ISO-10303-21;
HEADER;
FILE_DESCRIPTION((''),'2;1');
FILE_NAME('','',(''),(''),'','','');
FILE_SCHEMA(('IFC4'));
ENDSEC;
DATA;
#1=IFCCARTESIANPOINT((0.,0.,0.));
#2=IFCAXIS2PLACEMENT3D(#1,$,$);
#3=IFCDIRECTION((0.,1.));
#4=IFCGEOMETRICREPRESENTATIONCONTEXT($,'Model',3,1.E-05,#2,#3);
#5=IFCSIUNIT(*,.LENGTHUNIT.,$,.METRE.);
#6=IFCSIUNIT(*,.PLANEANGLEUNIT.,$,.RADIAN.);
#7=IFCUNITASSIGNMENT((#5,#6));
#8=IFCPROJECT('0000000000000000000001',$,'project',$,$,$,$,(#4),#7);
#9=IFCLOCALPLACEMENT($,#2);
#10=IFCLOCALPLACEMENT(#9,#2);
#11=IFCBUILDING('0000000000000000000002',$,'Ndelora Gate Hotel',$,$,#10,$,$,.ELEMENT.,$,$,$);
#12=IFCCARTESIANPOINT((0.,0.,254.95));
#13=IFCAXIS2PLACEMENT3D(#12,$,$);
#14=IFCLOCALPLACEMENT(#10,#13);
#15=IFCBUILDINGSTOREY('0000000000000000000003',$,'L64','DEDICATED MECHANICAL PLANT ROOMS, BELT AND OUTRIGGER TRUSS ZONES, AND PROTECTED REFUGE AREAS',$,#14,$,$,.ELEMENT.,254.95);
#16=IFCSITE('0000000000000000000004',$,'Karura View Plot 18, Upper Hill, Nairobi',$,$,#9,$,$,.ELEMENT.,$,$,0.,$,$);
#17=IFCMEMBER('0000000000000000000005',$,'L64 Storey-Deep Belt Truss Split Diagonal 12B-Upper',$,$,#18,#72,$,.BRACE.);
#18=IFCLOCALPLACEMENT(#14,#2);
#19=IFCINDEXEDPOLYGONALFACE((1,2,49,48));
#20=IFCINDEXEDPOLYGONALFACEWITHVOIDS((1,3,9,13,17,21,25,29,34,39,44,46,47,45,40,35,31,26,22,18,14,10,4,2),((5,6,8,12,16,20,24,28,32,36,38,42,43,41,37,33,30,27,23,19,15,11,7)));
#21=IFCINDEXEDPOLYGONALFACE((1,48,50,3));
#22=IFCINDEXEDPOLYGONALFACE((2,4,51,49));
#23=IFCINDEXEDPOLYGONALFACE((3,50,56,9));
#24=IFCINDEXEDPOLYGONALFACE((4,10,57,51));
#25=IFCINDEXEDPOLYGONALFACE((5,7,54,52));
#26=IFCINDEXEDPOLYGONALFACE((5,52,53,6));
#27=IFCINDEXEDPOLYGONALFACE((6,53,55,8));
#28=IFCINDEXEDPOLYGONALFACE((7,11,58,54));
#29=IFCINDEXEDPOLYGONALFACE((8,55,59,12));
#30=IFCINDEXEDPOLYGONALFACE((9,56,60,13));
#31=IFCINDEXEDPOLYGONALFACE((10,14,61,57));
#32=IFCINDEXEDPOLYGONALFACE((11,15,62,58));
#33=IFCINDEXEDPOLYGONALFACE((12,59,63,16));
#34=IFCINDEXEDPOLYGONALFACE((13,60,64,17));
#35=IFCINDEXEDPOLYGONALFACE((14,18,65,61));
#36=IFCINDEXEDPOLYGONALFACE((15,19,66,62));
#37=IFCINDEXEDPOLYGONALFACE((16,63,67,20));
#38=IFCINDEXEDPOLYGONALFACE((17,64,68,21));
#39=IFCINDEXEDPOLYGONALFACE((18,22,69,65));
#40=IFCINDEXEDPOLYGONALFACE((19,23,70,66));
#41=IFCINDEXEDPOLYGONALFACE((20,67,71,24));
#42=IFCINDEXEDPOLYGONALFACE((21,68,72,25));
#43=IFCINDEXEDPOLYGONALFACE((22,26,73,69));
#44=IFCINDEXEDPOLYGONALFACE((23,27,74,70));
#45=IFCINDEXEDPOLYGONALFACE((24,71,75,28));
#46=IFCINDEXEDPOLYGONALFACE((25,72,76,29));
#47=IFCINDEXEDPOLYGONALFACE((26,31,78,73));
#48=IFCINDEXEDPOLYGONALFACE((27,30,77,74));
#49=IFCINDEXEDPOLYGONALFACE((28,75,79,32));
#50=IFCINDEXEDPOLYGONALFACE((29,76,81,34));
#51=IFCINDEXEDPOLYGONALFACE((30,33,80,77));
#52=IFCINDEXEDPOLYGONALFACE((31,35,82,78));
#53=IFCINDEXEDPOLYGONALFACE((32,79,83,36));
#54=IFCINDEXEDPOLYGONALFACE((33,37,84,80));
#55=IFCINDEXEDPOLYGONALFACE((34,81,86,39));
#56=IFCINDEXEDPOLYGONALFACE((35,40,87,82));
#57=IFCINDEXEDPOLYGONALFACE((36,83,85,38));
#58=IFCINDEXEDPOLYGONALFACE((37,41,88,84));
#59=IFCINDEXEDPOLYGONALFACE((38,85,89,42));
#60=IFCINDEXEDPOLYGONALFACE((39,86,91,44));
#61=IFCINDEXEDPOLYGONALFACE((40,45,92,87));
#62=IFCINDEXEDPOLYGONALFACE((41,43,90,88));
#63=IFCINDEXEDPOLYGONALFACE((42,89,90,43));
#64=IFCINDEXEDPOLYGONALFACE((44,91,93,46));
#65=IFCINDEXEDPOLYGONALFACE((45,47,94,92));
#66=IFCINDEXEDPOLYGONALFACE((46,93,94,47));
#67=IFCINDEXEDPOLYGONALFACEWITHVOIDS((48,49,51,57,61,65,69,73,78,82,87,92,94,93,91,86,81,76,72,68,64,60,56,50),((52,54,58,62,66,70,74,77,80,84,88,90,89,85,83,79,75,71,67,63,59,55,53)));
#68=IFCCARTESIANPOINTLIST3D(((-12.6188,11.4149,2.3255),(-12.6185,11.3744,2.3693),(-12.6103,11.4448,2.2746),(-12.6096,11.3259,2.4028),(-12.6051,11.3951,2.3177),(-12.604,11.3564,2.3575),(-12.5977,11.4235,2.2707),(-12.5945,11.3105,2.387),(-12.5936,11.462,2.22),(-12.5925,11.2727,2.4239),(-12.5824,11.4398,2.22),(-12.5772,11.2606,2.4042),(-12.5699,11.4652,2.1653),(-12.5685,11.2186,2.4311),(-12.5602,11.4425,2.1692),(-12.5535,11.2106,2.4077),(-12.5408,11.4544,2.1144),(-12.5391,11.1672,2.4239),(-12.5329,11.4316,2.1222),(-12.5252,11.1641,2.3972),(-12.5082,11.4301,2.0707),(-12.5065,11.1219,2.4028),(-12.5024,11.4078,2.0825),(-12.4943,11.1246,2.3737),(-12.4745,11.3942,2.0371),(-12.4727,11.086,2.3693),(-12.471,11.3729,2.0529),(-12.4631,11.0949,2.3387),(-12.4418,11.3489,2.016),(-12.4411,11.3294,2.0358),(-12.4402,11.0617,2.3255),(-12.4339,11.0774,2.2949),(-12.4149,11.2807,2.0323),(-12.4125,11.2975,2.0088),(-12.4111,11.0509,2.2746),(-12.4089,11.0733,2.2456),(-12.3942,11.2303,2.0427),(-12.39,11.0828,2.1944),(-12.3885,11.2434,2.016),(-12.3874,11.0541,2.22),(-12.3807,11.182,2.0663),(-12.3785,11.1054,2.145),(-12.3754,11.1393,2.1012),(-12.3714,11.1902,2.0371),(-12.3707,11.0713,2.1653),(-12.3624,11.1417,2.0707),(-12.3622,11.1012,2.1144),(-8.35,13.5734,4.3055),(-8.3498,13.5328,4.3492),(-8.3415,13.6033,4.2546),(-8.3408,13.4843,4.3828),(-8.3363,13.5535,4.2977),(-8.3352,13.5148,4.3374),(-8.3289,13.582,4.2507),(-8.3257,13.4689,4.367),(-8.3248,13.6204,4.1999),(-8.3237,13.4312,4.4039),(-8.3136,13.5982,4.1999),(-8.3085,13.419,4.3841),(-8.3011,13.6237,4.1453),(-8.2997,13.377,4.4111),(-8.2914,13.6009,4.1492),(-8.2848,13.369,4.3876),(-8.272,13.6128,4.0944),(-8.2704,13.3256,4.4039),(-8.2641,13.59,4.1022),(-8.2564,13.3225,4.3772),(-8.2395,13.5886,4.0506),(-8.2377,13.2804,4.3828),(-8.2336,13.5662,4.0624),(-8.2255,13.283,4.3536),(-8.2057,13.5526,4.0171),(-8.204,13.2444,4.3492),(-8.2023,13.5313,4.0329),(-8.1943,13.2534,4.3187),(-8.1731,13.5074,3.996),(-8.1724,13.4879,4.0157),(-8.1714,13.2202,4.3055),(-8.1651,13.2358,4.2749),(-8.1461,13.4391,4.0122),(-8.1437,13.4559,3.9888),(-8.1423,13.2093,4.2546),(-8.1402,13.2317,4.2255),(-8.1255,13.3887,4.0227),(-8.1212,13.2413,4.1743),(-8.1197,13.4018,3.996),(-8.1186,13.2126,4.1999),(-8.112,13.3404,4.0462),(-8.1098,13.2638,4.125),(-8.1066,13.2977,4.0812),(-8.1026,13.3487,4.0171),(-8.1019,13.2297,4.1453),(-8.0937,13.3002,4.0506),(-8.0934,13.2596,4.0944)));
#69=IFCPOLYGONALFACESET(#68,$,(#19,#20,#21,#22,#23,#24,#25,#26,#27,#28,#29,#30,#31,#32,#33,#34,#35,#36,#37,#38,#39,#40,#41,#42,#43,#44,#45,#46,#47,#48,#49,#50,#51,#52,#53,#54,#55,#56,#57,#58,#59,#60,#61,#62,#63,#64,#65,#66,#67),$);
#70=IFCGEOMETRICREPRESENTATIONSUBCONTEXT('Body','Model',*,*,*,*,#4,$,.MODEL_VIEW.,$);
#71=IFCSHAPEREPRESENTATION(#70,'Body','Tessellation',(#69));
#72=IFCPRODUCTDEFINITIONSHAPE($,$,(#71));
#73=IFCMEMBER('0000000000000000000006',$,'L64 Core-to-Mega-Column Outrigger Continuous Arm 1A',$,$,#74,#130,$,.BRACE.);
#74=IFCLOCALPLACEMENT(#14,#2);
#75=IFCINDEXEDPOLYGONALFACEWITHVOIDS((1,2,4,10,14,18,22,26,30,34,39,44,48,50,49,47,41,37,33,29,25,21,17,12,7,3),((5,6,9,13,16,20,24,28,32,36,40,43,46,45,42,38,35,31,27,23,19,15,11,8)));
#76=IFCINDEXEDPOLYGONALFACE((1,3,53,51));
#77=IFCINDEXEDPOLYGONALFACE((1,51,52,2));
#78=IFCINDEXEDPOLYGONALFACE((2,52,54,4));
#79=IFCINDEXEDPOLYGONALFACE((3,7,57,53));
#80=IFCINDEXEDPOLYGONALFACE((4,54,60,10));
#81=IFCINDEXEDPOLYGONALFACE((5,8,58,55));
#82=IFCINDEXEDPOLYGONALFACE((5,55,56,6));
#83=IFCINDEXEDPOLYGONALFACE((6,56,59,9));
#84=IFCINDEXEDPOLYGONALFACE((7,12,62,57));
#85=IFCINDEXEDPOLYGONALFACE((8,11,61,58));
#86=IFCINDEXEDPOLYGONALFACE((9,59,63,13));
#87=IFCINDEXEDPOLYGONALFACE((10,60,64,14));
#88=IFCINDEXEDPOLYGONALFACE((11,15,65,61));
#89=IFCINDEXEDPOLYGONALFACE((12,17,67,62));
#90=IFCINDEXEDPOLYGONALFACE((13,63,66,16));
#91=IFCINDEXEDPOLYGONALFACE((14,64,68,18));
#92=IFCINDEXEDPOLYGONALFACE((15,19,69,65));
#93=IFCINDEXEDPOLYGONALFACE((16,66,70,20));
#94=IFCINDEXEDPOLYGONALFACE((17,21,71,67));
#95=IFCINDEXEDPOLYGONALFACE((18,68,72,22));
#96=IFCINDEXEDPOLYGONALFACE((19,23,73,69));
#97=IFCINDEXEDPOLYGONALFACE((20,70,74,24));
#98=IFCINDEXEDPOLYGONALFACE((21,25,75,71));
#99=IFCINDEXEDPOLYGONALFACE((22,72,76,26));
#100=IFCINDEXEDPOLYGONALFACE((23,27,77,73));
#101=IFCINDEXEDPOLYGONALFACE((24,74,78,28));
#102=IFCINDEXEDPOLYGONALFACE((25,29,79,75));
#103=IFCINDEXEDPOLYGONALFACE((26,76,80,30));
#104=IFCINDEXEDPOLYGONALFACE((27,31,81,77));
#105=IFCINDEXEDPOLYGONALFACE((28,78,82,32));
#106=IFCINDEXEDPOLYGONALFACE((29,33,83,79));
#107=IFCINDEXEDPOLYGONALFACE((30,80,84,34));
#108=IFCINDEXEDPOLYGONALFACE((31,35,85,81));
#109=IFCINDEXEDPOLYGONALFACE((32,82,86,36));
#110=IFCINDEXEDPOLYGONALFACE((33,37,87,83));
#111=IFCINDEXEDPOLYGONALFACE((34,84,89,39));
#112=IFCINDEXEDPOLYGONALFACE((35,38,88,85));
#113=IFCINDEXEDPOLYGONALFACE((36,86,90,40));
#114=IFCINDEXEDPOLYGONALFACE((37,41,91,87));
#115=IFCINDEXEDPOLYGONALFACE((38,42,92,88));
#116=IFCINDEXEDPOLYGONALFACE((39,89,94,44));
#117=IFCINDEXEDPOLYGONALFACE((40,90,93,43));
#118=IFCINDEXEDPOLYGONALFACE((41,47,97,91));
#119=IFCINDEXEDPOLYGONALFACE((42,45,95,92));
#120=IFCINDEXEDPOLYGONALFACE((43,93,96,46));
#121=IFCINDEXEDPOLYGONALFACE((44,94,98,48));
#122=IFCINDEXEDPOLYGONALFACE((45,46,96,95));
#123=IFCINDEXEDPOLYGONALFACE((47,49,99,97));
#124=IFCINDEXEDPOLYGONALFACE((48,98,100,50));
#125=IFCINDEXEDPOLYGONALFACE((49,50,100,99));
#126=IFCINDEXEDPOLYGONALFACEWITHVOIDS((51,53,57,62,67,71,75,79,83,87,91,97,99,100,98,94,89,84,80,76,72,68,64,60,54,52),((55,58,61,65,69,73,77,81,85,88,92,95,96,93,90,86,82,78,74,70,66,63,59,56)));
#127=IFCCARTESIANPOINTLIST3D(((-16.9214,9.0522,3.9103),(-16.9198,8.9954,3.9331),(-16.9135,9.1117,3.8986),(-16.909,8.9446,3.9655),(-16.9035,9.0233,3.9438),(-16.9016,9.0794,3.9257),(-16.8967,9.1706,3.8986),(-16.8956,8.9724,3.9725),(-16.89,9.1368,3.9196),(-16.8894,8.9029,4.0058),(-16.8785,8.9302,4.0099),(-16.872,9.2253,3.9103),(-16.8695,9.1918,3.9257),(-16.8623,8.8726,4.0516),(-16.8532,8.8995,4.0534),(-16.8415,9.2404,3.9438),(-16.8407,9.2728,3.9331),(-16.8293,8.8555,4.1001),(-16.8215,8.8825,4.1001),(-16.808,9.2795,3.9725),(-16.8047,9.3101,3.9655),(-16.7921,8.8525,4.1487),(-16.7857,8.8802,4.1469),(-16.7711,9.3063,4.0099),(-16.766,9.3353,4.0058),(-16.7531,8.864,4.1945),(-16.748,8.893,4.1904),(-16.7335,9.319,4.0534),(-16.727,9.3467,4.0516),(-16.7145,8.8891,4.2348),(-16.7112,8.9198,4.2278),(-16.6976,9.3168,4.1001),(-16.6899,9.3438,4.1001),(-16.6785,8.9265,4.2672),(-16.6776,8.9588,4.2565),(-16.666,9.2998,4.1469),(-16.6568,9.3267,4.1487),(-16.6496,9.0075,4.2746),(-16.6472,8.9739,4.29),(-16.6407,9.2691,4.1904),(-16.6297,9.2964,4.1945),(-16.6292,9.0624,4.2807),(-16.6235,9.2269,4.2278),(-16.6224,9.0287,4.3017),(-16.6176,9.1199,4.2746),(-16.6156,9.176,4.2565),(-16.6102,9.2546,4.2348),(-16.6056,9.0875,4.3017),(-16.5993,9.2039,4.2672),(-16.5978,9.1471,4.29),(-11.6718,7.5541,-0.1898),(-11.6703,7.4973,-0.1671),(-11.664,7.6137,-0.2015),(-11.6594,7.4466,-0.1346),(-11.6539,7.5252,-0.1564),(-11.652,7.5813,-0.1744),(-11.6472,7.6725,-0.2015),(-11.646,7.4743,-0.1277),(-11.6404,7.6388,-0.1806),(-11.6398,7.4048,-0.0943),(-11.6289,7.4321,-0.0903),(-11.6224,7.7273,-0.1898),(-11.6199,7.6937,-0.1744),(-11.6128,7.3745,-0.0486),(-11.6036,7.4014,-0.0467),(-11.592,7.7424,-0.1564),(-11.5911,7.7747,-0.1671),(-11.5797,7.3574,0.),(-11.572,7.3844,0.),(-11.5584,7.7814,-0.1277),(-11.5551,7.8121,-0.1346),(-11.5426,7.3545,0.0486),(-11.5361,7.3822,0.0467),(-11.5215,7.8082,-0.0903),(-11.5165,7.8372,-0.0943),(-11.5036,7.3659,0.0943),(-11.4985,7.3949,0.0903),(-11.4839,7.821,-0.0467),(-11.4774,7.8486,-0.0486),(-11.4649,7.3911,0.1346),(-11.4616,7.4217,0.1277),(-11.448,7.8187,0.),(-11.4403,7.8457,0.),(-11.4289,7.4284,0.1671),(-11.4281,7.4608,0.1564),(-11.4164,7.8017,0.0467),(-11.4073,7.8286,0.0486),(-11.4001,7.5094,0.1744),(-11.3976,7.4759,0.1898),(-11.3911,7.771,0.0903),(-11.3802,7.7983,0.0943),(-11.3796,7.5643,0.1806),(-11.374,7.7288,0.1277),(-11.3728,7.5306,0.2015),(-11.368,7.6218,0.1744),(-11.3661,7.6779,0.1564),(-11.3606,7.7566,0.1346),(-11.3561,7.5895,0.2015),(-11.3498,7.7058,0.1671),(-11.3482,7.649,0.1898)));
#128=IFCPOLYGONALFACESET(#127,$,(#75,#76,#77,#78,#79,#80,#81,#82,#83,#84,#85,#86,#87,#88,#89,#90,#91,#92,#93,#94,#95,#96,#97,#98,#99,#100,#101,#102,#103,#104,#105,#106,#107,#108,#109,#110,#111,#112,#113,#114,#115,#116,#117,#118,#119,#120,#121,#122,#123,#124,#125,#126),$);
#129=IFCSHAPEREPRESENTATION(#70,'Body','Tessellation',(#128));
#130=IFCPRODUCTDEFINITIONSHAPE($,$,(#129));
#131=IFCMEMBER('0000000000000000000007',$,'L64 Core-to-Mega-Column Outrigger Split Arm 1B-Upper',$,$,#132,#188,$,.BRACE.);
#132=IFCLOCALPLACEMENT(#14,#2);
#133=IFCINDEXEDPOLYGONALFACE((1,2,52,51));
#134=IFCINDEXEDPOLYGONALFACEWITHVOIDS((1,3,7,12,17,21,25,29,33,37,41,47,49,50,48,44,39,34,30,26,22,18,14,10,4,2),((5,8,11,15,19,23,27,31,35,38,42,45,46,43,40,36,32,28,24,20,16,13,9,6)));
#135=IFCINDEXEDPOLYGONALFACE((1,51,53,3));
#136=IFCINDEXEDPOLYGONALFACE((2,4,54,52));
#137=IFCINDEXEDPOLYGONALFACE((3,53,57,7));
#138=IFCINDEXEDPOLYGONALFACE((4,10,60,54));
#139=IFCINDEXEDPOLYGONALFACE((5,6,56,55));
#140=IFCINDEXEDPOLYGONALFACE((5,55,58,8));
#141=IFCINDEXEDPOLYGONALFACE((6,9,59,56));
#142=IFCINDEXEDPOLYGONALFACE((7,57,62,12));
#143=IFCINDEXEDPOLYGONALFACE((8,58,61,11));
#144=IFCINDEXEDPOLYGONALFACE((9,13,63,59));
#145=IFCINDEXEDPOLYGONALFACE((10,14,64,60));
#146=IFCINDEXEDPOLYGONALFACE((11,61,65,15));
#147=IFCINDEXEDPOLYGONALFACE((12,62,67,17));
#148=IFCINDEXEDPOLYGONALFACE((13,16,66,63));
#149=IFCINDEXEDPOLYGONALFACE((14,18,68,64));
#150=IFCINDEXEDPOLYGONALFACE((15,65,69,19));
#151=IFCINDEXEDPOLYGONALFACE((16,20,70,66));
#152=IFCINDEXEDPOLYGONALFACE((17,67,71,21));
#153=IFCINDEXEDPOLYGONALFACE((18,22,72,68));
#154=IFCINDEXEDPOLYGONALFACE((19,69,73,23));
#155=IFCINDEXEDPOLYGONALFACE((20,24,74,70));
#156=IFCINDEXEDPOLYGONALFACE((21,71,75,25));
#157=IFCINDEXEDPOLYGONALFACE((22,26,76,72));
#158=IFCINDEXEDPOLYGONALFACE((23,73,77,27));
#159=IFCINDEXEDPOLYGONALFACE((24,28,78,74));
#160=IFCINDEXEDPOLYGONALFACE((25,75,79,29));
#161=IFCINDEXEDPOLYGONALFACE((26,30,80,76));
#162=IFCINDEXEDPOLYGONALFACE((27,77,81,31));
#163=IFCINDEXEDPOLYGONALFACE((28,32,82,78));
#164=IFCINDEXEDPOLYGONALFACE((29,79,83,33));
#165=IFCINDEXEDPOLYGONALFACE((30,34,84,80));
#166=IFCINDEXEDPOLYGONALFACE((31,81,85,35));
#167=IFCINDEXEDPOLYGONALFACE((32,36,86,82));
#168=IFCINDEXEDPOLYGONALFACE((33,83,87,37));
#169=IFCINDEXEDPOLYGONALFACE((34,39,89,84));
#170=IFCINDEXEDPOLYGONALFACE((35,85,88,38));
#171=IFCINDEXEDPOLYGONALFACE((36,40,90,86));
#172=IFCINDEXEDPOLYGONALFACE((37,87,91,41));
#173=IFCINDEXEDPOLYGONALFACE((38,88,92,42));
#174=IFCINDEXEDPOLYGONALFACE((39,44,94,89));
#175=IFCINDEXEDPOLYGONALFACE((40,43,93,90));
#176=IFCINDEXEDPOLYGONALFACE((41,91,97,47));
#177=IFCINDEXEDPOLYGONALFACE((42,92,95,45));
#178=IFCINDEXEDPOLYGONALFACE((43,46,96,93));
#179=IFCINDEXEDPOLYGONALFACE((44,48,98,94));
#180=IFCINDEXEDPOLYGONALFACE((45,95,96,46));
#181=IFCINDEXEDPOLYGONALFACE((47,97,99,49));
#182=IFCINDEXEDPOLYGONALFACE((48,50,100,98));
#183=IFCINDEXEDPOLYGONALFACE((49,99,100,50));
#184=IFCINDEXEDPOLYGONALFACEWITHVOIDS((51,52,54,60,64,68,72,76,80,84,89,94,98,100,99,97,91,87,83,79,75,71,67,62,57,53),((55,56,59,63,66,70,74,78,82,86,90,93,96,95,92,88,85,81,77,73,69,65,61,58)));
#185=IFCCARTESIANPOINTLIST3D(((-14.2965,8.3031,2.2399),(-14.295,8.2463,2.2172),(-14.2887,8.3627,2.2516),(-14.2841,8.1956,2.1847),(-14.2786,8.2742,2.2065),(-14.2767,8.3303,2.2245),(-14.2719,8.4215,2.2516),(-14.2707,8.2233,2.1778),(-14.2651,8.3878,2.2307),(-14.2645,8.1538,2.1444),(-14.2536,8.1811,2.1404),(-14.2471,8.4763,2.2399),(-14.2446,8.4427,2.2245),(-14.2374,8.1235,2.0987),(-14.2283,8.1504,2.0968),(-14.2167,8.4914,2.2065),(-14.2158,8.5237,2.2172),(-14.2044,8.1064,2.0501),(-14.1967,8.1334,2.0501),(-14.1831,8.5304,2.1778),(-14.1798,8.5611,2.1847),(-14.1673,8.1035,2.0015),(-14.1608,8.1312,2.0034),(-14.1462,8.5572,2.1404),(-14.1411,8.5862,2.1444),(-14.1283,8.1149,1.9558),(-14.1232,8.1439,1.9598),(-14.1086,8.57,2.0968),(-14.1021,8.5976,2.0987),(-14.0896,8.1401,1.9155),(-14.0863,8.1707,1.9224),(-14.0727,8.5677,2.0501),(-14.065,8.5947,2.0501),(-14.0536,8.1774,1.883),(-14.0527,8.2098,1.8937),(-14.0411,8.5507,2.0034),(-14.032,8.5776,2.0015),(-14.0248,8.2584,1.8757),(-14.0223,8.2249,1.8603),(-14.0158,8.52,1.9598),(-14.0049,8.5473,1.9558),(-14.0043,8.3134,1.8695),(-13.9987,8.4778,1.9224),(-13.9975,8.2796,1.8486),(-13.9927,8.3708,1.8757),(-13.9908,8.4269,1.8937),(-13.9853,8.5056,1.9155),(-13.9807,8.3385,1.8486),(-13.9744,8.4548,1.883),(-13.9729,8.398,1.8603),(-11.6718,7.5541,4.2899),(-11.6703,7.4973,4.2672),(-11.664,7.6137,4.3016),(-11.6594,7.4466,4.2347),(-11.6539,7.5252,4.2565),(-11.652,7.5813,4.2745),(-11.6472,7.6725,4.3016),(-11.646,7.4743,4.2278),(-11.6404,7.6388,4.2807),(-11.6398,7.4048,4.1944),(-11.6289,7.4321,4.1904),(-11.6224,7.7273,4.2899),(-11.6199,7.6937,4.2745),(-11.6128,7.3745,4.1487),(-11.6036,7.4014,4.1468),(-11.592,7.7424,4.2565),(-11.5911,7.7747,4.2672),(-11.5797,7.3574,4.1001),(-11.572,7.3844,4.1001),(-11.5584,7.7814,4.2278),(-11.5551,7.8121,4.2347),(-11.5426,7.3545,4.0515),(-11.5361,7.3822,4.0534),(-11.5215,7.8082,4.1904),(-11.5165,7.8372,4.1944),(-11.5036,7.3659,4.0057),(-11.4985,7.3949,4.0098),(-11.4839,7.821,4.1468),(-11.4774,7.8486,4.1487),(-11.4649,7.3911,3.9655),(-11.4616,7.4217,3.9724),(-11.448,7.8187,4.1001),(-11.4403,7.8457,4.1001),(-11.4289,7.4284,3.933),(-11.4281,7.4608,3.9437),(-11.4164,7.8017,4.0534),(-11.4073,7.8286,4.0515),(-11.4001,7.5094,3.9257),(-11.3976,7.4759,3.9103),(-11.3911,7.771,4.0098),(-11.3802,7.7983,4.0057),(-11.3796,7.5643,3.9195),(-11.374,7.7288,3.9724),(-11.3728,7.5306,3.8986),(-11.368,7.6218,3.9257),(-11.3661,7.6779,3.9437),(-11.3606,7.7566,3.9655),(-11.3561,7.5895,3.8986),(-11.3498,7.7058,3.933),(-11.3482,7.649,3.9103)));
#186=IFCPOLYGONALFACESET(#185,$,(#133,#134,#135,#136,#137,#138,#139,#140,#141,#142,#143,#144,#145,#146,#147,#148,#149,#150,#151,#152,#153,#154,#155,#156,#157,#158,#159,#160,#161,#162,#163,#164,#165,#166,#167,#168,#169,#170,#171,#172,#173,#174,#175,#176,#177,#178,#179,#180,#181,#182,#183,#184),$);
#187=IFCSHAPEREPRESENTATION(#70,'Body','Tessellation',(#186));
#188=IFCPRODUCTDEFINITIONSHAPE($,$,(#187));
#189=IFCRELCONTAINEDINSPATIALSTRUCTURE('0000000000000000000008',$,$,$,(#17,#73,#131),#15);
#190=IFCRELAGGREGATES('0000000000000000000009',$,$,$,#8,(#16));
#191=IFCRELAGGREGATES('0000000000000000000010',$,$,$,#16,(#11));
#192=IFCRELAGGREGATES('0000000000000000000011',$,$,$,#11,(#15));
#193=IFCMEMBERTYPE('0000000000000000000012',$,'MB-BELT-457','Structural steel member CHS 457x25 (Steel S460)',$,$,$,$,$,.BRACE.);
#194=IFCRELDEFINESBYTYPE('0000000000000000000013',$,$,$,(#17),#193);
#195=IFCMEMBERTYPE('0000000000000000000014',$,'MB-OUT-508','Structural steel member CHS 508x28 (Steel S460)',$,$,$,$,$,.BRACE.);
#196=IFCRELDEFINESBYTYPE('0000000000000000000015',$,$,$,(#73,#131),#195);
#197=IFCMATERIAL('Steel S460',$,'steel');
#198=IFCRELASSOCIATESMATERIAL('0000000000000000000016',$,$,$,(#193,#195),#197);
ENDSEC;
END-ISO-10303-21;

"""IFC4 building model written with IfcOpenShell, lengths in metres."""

from ifc_helpers import new_model, si_unit, direction, frame, origin, origin_2d, place, context, subcontext, project, spatial, hollow_circle, extrude, material, material_profile, profile_set, type_object, element, save


model = new_model("IFC4")

# Units and contexts
model_context = context("Model", 3, precision=1e-05, world=origin(), true_north=direction((0.0, 1.0)))
body_context = subcontext(model_context, "Body", "Model", "MODEL_VIEW")
ifc_project = project(units=[si_unit("LENGTHUNIT", "METRE"), si_unit("PLANEANGLEUNIT", "RADIAN")], contexts=[model_context])

# Site, building, storey
site_placement = place(None, origin())
site = spatial("IfcSite", under=ifc_project, at=site_placement, Name="Karura View Plot 18, Upper Hill, Nairobi", CompositionType="ELEMENT", RefElevation=0.0)
building_placement = place(site_placement, origin())
building = spatial("IfcBuilding", under=site, at=building_placement, Name="Ndelora Gate Hotel", CompositionType="ELEMENT")
storey_placement = place(building_placement, frame((0.0, 0.0, 254.95)))
storey = spatial("IfcBuildingStorey", under=building, at=storey_placement, Name="L64", Description="DEDICATED MECHANICAL PLANT ROOMS, BELT AND OUTRIGGER TRUSS ZONES, AND PROTECTED REFUGE AREAS", CompositionType="ELEMENT", Elevation=254.95)

# Shared definitions
ifc_material_1 = material(Name="Steel S460", Category="steel")

# Members
ifc_material_profile_1 = material_profile(ifc_material_1, hollow_circle(Radius=0.2285, WallThickness=0.0249, at=origin_2d()), Name="CHS 457x25")
ifc_profile_set_1 = profile_set([ifc_material_profile_1], Name="Steel S460")
member_type_1 = type_object("IfcMemberType", Name="MB-BELT-457", Description="Structural steel member CHS 457x25 (Steel S460)", PredefinedType="BRACE", material=ifc_profile_set_1)
member_1_placement = place(storey_placement, frame((-12.4905, 11.2581, 2.22), z_axis=(0.824562, 0.416926, 0.382453), x_axis=(-0.451231, 0.892407, 0.0)))
element("IfcMember", 1, at=member_1_placement, inside=storey, type_object=member_type_1, Name="L64 Storey-Deep Belt Truss Split Diagonal 12B-Upper", PredefinedType="BRACE", context=body_context, shape_type="SweptSolid", body=[
    extrude(hollow_circle(Radius=0.2285, WallThickness=0.0249, at=origin_2d()), origin(), (0.0, 0.0, 1.0), 5.177),
])
ifc_material_profile_2 = material_profile(ifc_material_1, hollow_circle(Radius=0.2539, WallThickness=0.0281, at=origin_2d()), Name="CHS 508x28")
ifc_profile_set_2 = profile_set([ifc_material_profile_2], Name="Steel S460")
member_type_2 = type_object("IfcMemberType", Name="MB-OUT-508", Description="Structural steel member CHS 508x28 (Steel S460)", PredefinedType="BRACE", material=ifc_profile_set_2)
member_2_placement = place(storey_placement, frame((-11.51, 7.6016, 0.0), z_axis=(-0.768898, 0.219419, 0.600543), x_axis=(-0.274414, -0.961612, 0.0)))
element("IfcMember", 2, at=member_2_placement, inside=storey, type_object=member_type_2, Name="L64 Core-to-Mega-Column Outrigger Continuous Arm 1A", PredefinedType="BRACE", context=body_context, shape_type="SweptSolid", body=[
    extrude(hollow_circle(Radius=0.2539, WallThickness=0.0281, at=origin_2d()), origin(), (0.0, 0.0, 1.0), 6.8274),
])
for number, where, z_axis, x_axis, name in (
    (3, (-11.51, 7.6016, 4.1001), (-0.768898, 0.219419, -0.600543), (-0.274414, -0.961612, 0.0), "L64 Core-to-Mega-Column Outrigger Split Arm 1B-Upper"),
):
    element("IfcMember", number, at=place(storey_placement, frame(where, z_axis=z_axis, x_axis=x_axis)), inside=storey, type_object=member_type_2, Name=name, PredefinedType="BRACE", context=body_context, shape_type="SweptSolid", body=[
        extrude(hollow_circle(Radius=0.2539, WallThickness=0.0281, at=origin_2d()), origin(), (0.0, 0.0, 1.0), 3.4136),
    ])

save(model, "model.ifc")
